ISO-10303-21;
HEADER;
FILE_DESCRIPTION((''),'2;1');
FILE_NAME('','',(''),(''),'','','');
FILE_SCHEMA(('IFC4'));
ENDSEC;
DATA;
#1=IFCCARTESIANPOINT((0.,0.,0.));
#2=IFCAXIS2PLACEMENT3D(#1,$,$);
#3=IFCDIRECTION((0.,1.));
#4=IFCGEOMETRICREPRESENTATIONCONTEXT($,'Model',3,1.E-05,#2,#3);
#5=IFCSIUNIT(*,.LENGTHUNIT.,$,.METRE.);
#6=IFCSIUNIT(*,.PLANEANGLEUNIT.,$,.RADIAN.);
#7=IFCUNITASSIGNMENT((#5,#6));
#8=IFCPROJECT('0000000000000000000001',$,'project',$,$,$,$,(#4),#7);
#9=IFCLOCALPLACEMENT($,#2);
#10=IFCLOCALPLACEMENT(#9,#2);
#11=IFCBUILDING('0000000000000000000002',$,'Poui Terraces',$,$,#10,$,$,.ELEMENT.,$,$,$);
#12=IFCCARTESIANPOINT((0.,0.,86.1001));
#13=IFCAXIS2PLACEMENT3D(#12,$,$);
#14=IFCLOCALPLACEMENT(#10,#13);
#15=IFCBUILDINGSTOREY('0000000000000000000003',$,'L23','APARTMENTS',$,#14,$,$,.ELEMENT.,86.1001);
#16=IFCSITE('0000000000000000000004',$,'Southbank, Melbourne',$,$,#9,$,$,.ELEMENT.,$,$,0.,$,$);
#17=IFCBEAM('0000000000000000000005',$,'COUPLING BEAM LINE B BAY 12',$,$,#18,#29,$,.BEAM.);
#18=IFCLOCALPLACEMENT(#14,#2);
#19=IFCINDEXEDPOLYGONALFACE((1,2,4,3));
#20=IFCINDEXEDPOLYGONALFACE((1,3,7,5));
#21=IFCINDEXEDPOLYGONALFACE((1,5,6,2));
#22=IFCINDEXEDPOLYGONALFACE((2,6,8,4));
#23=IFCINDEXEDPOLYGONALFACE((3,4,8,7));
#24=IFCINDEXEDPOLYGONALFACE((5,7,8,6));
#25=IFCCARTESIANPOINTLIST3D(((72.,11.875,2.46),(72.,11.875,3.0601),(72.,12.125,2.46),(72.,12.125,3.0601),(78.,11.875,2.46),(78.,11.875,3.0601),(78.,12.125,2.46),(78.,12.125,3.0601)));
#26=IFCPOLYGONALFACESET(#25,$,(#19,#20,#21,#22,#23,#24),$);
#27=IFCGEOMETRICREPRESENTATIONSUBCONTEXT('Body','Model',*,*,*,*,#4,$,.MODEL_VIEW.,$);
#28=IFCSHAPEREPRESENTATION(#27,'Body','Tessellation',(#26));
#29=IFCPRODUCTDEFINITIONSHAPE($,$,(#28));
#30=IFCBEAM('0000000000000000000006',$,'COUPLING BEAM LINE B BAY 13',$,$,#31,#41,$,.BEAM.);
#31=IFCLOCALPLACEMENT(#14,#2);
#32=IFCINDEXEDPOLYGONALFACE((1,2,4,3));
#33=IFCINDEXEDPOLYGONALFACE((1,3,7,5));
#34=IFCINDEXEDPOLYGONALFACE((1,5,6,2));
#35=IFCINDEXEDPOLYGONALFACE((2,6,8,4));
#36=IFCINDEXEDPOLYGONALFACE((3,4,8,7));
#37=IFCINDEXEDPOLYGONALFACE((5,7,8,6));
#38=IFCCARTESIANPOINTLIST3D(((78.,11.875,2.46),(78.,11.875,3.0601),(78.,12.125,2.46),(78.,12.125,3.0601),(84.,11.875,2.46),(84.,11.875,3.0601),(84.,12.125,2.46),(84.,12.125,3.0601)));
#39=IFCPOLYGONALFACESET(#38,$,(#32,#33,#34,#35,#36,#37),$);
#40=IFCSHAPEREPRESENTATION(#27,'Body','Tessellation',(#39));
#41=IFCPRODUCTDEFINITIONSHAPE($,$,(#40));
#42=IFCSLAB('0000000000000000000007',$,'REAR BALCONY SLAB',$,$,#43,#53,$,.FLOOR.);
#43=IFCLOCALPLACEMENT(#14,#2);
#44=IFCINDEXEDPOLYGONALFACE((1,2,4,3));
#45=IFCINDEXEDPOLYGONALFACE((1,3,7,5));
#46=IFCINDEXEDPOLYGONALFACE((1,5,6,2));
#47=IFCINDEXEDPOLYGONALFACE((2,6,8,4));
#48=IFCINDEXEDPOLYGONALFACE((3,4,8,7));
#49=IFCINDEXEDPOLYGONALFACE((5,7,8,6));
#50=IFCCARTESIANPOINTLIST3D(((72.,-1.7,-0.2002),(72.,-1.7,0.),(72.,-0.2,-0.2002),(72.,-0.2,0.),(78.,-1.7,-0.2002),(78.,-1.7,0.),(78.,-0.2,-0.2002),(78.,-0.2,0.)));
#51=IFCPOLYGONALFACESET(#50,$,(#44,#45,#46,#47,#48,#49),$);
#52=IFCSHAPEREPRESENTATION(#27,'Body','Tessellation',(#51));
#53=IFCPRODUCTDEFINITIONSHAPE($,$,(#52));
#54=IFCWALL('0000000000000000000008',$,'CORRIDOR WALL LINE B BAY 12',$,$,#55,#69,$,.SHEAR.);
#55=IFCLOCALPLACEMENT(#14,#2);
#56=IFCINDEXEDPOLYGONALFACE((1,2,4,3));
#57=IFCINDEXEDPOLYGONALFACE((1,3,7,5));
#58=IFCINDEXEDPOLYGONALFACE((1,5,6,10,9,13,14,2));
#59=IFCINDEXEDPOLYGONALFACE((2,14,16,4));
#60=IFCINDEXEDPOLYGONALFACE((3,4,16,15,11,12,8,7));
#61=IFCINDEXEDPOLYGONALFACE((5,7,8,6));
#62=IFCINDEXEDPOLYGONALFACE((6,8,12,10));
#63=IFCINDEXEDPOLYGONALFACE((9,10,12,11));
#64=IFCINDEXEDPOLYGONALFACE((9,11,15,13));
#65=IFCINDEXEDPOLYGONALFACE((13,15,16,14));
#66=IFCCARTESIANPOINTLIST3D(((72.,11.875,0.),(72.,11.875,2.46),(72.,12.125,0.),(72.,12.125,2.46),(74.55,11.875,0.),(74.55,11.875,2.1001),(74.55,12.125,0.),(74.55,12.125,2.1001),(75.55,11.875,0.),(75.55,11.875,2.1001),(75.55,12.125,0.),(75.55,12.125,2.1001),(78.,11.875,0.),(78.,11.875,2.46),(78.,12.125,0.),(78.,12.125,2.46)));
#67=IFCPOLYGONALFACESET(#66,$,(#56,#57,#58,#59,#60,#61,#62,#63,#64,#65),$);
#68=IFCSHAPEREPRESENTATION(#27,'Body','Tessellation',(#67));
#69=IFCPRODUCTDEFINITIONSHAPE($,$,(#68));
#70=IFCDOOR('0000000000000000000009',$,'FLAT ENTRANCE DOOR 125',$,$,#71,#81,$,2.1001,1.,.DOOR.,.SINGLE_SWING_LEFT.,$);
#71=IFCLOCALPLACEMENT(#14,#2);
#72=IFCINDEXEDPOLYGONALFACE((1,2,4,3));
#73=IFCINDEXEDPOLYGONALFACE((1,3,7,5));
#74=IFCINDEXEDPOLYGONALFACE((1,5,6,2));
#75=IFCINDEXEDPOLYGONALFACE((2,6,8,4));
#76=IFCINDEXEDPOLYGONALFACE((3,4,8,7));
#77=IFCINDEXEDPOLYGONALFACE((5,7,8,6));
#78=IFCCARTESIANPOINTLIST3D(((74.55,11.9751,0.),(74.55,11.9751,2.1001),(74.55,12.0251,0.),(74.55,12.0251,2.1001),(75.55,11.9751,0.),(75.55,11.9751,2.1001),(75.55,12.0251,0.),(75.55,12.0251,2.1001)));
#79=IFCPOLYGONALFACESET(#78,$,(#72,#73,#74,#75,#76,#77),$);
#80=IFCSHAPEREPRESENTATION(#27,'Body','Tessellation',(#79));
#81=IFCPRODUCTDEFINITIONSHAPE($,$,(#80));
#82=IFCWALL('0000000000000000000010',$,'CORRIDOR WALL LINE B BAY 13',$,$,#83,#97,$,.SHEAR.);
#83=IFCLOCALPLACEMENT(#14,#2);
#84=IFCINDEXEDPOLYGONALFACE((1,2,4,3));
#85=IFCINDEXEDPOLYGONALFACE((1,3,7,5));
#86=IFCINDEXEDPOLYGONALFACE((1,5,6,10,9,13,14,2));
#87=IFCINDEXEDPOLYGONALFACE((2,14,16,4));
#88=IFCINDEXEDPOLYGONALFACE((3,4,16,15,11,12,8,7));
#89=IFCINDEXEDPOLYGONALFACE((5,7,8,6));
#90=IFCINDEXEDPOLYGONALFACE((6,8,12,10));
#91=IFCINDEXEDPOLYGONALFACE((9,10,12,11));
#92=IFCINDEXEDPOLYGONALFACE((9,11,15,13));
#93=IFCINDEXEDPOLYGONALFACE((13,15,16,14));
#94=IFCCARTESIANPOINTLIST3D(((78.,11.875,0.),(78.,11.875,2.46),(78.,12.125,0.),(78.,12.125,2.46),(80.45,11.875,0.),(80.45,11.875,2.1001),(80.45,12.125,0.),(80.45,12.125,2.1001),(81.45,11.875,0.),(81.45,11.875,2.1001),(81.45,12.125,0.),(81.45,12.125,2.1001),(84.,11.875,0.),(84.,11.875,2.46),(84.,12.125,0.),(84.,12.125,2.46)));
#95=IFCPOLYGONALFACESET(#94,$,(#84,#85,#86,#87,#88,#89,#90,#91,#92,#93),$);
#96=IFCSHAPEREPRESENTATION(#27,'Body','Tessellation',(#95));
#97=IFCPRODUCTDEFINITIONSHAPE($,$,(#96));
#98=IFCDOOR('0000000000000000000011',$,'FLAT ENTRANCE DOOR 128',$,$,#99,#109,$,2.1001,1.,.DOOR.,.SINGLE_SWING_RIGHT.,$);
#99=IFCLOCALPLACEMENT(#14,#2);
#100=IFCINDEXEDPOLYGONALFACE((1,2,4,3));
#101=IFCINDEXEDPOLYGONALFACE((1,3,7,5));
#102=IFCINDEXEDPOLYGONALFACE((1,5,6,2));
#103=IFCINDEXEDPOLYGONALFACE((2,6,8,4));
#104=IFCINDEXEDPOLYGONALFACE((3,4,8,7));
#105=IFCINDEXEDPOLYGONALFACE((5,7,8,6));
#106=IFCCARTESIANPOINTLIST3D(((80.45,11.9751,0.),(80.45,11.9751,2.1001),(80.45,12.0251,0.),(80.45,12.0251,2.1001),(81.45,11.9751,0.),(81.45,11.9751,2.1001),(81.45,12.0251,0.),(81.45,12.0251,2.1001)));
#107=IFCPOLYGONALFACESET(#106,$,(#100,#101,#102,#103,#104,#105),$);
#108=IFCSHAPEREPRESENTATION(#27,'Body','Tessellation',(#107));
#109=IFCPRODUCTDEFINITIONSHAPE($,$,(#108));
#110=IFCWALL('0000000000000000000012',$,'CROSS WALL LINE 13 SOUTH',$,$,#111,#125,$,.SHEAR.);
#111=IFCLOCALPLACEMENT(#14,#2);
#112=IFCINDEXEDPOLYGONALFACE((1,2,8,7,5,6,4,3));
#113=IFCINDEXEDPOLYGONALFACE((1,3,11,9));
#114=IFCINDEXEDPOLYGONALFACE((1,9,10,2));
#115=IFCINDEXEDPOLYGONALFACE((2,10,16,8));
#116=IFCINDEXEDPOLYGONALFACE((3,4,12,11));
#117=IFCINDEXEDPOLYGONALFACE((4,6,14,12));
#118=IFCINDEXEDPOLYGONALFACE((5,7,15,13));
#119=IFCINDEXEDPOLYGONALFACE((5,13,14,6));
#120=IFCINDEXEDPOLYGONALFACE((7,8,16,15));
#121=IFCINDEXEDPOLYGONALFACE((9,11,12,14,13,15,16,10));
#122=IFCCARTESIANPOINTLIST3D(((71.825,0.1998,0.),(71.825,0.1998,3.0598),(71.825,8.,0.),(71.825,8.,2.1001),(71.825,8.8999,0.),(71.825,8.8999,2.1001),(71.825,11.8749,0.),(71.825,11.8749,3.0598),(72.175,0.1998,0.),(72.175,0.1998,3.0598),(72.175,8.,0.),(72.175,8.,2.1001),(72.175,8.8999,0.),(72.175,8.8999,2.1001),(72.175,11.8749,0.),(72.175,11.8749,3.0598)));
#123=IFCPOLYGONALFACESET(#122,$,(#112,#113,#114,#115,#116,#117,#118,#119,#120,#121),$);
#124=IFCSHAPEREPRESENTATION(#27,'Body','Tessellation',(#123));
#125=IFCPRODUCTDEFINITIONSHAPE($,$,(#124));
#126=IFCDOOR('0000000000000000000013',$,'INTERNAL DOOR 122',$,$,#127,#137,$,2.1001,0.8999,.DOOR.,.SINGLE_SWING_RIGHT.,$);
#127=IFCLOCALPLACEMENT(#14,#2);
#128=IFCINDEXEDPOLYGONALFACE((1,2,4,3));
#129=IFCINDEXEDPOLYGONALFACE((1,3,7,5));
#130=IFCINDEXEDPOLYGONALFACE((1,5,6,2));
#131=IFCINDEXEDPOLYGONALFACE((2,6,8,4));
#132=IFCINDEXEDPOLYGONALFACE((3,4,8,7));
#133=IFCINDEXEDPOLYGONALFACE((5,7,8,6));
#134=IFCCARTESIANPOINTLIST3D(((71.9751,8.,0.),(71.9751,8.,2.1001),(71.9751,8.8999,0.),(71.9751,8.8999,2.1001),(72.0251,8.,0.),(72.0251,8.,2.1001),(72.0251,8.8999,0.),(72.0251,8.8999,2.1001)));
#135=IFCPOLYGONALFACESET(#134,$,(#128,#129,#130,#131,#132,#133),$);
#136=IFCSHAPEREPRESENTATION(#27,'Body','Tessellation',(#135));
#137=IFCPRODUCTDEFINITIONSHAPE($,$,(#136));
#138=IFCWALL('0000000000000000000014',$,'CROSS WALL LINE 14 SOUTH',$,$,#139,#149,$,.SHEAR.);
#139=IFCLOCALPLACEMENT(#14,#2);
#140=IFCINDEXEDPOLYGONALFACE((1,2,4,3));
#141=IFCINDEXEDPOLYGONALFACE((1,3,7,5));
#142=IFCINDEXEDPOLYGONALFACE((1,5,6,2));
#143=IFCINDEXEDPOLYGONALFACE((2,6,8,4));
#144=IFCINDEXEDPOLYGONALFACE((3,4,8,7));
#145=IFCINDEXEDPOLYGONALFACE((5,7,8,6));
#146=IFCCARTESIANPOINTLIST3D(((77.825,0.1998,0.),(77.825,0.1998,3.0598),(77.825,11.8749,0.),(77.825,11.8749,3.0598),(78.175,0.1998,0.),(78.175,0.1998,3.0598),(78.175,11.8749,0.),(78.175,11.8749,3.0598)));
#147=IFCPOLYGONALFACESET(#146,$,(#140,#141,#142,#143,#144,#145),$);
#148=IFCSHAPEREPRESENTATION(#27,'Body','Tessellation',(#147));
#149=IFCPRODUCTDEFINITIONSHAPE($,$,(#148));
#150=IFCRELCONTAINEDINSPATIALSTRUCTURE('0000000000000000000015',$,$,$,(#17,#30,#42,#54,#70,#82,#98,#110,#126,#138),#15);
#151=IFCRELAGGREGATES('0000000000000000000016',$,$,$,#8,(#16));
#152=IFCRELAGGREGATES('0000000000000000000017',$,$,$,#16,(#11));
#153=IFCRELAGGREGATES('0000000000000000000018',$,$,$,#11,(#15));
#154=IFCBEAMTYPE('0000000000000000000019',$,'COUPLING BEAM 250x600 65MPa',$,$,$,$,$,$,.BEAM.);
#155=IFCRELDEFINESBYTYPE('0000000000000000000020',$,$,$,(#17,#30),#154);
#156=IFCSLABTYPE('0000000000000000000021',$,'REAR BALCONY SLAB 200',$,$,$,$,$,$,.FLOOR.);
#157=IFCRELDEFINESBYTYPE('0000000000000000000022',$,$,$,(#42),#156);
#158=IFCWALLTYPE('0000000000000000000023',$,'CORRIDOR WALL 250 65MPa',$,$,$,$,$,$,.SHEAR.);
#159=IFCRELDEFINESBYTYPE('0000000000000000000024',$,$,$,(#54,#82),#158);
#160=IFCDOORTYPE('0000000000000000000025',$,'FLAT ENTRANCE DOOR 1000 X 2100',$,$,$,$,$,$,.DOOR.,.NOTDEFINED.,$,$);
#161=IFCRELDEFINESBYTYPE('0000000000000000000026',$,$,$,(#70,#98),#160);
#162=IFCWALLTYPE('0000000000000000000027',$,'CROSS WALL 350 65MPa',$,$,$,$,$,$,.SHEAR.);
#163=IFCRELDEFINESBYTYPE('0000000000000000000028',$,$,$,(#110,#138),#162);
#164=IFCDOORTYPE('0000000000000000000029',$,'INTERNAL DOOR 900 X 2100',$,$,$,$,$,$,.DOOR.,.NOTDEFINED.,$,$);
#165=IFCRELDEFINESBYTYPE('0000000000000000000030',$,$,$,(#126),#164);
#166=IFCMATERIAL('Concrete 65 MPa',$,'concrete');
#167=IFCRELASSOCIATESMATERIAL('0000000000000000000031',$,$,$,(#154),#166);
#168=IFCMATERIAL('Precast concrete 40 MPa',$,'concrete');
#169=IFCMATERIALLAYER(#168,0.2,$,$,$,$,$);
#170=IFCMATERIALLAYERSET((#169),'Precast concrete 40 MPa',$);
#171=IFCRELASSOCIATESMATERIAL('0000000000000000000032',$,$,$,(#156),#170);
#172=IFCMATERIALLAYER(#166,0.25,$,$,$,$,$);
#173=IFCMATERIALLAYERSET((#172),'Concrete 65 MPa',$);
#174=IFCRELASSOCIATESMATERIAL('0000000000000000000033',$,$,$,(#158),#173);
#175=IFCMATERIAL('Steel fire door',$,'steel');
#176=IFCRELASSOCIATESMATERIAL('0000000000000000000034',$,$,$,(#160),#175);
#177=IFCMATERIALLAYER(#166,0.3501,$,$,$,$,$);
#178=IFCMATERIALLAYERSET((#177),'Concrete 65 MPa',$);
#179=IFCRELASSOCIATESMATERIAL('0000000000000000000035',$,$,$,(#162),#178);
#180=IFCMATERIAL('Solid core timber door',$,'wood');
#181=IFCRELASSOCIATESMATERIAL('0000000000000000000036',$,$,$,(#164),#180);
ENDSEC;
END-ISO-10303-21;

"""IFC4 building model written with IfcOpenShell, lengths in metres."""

from ifc_helpers import new_model, si_unit, direction, frame, frame_2d, origin, origin_2d, place, context, subcontext, project, spatial, polyline, rectangle, outline, extrude, source, transform, mapped, material, layer, layer_set, material_profile, profile_set, type_object, element, fill, save


model = new_model("IFC4")

# Units and contexts
model_context = context("Model", 3, precision=1e-05, world=origin(), true_north=direction((0.0, 1.0)))
body_context = subcontext(model_context, "Body", "Model", "MODEL_VIEW")
ifc_project = project(units=[si_unit("LENGTHUNIT", "METRE"), si_unit("PLANEANGLEUNIT", "RADIAN")], contexts=[model_context])

# Site, building, storey
site_placement = place(None, origin())
site = spatial("IfcSite", under=ifc_project, at=site_placement, Name="Southbank, Melbourne", CompositionType="ELEMENT", RefElevation=0.0)
building_placement = place(site_placement, origin())
building = spatial("IfcBuilding", under=site, at=building_placement, Name="Poui Terraces", CompositionType="ELEMENT")
storey_placement = place(building_placement, frame((0.0, 0.0, 86.1001)))
storey = spatial("IfcBuildingStorey", under=building, at=storey_placement, Name="L23", Description="APARTMENTS", CompositionType="ELEMENT", Elevation=86.1001)

# Beams
ifc_material_1 = material(Name="Concrete 65 MPa", Category="concrete")
ifc_material_profile_1 = material_profile(ifc_material_1, rectangle(XDim=0.25, YDim=0.6001, at=origin_2d()), Name="RC 250x600")
ifc_profile_set_1 = profile_set([ifc_material_profile_1], Name="Concrete 65 MPa")
beam_type = type_object("IfcBeamType", Name="COUPLING BEAM 250x600 65MPa", PredefinedType="BEAM", material=ifc_profile_set_1)
shared_shape_1 = source(origin(), body_context, "Body", "SweptSolid", [
    extrude(rectangle(XDim=0.25, YDim=0.6001, at=origin_2d()), origin(), (0.0, 0.0, 1.0), 6.0),
])
for number, where, z_axis, x_axis, name in (
    (1, (72.0, 12.0, 2.76), (1.0, 0.0, 0.0), (0.0, 1.0, 0.0), "COUPLING BEAM LINE B BAY 12"),
    (2, (78.0, 12.0, 2.76), (1.0, 0.0, 0.0), (0.0, 1.0, 0.0), "COUPLING BEAM LINE B BAY 13"),
):
    element("IfcBeam", number, at=place(storey_placement, frame(where, z_axis=z_axis, x_axis=x_axis)), inside=storey, type_object=beam_type, Name=name, PredefinedType="BEAM", context=body_context, shape_type="MappedRepresentation", body=[
        mapped(shared_shape_1, transform((0.0, 0.0, 0.0))),
    ])

# Slab
ifc_material_2 = material(Name="Precast concrete 40 MPa", Category="concrete")
ifc_layer_1 = layer(ifc_material_2, 0.2)
ifc_layer_set_1 = layer_set([ifc_layer_1], Name="Precast concrete 40 MPa")
slab_type = type_object("IfcSlabType", Name="REAR BALCONY SLAB 200", PredefinedType="FLOOR", material=ifc_layer_set_1)
shared_shape_2 = source(origin(), body_context, "Body", "SweptSolid", [
    extrude(outline(polyline([(0.0, 0.0), (6.0, 0.0), (6.0, 1.5), (0.0, 1.5), (0.0, 0.0)])), origin(), (0.0, 0.0, 1.0), 0.2002),
])
slab_placement = place(storey_placement, frame((72.0, -1.7, -0.2002)))
element("IfcSlab", 3, at=slab_placement, inside=storey, type_object=slab_type, Name="REAR BALCONY SLAB", PredefinedType="FLOOR", context=body_context, shape_type="MappedRepresentation", body=[
    mapped(shared_shape_2, transform((0.0, 0.0, 0.0))),
])

# Walls, openings, doors
ifc_layer_2 = layer(ifc_material_1, 0.25)
ifc_layer_set_2 = layer_set([ifc_layer_2], Name="Concrete 65 MPa")
wall_type_1 = type_object("IfcWallType", Name="CORRIDOR WALL 250 65MPa", PredefinedType="SHEAR", material=ifc_layer_set_2)
wall_1_placement = place(storey_placement, frame((72.0, 12.0, 0.0), z_axis=(0.0, 0.0, 1.0), x_axis=(1.0, 0.0, 0.0)))
wall_1 = element("IfcWall", 4, at=wall_1_placement, inside=storey, type_object=wall_type_1, Name="CORRIDOR WALL LINE B BAY 12", PredefinedType="SHEAR", context=body_context, shape_type="SweptSolid", body=[
    extrude(rectangle(XDim=6.0, YDim=0.25, at=frame_2d((3.0, 0.0))), origin(), (0.0, 0.0, 1.0), 2.46),
])
opening_1_placement = place(wall_1_placement, frame((2.55, 0.0, 0.0)))
opening_1 = element("IfcOpeningElement", 5, at=opening_1_placement, cuts=wall_1, PredefinedType="OPENING", context=body_context, shape_type="SweptSolid", body=[
    extrude(rectangle(XDim=1.0, YDim=2.1001, at=frame_2d((0.5, 1.05))), frame((0.0, 0.135, 0.0), z_axis=(0.0, -1.0, 0.0), x_axis=(1.0, 0.0, 0.0)), (0.0, 0.0, 1.0), 0.27),
])
ifc_material_3 = material(Name="Steel fire door", Category="steel")
door_type_1 = type_object("IfcDoorType", Name="FLAT ENTRANCE DOOR 1000 X 2100", OperationType="NOTDEFINED", PredefinedType="DOOR", material=ifc_material_3)
door_1_placement = place(opening_1_placement, frame((1.0, 0.0, 0.0), z_axis=(0.0, 0.0, 1.0), x_axis=(-1.0, 0.0, 0.0)))
door_1 = element("IfcDoor", 6, at=door_1_placement, inside=storey, type_object=door_type_1, Name="FLAT ENTRANCE DOOR 125", OperationType="SINGLE_SWING_LEFT", OverallHeight=2.1001, OverallWidth=1.0, PredefinedType="DOOR", context=body_context, shape_type="SweptSolid", body=[
    extrude(rectangle(XDim=1.0, YDim=2.1001, at=frame_2d((0.5, 1.05))), frame((0.0, 0.0249, 0.0), z_axis=(0.0, -1.0, 0.0), x_axis=(1.0, 0.0, 0.0)), (0.0, 0.0, 1.0), 0.05),
])
fill(opening_1, door_1)
wall_2_placement = place(storey_placement, frame((78.0, 12.0, 0.0), z_axis=(0.0, 0.0, 1.0), x_axis=(1.0, 0.0, 0.0)))
wall_2 = element("IfcWall", 7, at=wall_2_placement, inside=storey, type_object=wall_type_1, Name="CORRIDOR WALL LINE B BAY 13", PredefinedType="SHEAR", context=body_context, shape_type="SweptSolid", body=[
    extrude(rectangle(XDim=6.0, YDim=0.25, at=frame_2d((3.0, 0.0))), origin(), (0.0, 0.0, 1.0), 2.46),
])
opening_2_placement = place(wall_2_placement, frame((2.45, 0.0, 0.0)))
opening_2 = element("IfcOpeningElement", 8, at=opening_2_placement, cuts=wall_2, PredefinedType="OPENING", context=body_context, shape_type="SweptSolid", body=[
    extrude(rectangle(XDim=1.0, YDim=2.1001, at=frame_2d((0.5, 1.05))), frame((0.0, 0.135, 0.0), z_axis=(0.0, -1.0, 0.0), x_axis=(1.0, 0.0, 0.0)), (0.0, 0.0, 1.0), 0.27),
])
door_2_placement = place(opening_2_placement, frame((1.0, 0.0, 0.0), z_axis=(0.0, 0.0, 1.0), x_axis=(-1.0, 0.0, 0.0)))
door_2 = element("IfcDoor", 9, at=door_2_placement, inside=storey, type_object=door_type_1, Name="FLAT ENTRANCE DOOR 128", OperationType="SINGLE_SWING_RIGHT", OverallHeight=2.1001, OverallWidth=1.0, PredefinedType="DOOR", context=body_context, shape_type="SweptSolid", body=[
    extrude(rectangle(XDim=1.0, YDim=2.1001, at=frame_2d((0.5, 1.05))), frame((0.0, 0.0249, 0.0), z_axis=(0.0, -1.0, 0.0), x_axis=(1.0, 0.0, 0.0)), (0.0, 0.0, 1.0), 0.05),
])
fill(opening_2, door_2)
ifc_layer_3 = layer(ifc_material_1, 0.3501)
ifc_layer_set_3 = layer_set([ifc_layer_3], Name="Concrete 65 MPa")
wall_type_2 = type_object("IfcWallType", Name="CROSS WALL 350 65MPa", PredefinedType="SHEAR", material=ifc_layer_set_3)
wall_3_placement = place(storey_placement, frame((72.0, 0.2, 0.0), z_axis=(0.0, 0.0, 1.0), x_axis=(0.0, 1.0, 0.0)))
wall_3 = element("IfcWall", 10, at=wall_3_placement, inside=storey, type_object=wall_type_2, Name="CROSS WALL LINE 13 SOUTH", PredefinedType="SHEAR", context=body_context, shape_type="SweptSolid", body=[
    extrude(rectangle(XDim=11.675, YDim=0.3501, at=frame_2d((5.8374, 0.0))), origin(), (0.0, 0.0, 1.0), 3.0598),
])
opening_3_placement = place(wall_3_placement, frame((7.8, 0.0, 0.0)))
opening_3 = element("IfcOpeningElement", 11, at=opening_3_placement, cuts=wall_3, PredefinedType="OPENING", context=body_context, shape_type="SweptSolid", body=[
    extrude(rectangle(XDim=0.8999, YDim=2.1001, at=frame_2d((0.45, 1.05))), frame((0.0, 0.1851, 0.0), z_axis=(0.0, -1.0, 0.0), x_axis=(1.0, 0.0, 0.0)), (0.0, 0.0, 1.0), 0.3701),
])
ifc_material_4 = material(Name="Solid core timber door", Category="wood")
door_type_2 = type_object("IfcDoorType", Name="INTERNAL DOOR 900 X 2100", OperationType="NOTDEFINED", PredefinedType="DOOR", material=ifc_material_4)
door_3_placement = place(opening_3_placement, origin())
door_3 = element("IfcDoor", 12, at=door_3_placement, inside=storey, type_object=door_type_2, Name="INTERNAL DOOR 122", OperationType="SINGLE_SWING_RIGHT", OverallHeight=2.1001, OverallWidth=0.8999, PredefinedType="DOOR", context=body_context, shape_type="SweptSolid", body=[
    extrude(rectangle(XDim=0.8999, YDim=2.1001, at=frame_2d((0.45, 1.05))), frame((0.0, 0.0249, 0.0), z_axis=(0.0, -1.0, 0.0), x_axis=(1.0, 0.0, 0.0)), (0.0, 0.0, 1.0), 0.05),
])
fill(opening_3, door_3)

# Wall
wall_4_placement = place(storey_placement, frame((78.0, 0.2, 0.0), z_axis=(0.0, 0.0, 1.0), x_axis=(0.0, 1.0, 0.0)))
element("IfcWall", 13, at=wall_4_placement, inside=storey, type_object=wall_type_2, Name="CROSS WALL LINE 14 SOUTH", PredefinedType="SHEAR", context=body_context, shape_type="SweptSolid", body=[
    extrude(rectangle(XDim=11.675, YDim=0.3501, at=frame_2d((5.8374, 0.0))), origin(), (0.0, 0.0, 1.0), 3.0598),
])

save(model, "model.ifc")
